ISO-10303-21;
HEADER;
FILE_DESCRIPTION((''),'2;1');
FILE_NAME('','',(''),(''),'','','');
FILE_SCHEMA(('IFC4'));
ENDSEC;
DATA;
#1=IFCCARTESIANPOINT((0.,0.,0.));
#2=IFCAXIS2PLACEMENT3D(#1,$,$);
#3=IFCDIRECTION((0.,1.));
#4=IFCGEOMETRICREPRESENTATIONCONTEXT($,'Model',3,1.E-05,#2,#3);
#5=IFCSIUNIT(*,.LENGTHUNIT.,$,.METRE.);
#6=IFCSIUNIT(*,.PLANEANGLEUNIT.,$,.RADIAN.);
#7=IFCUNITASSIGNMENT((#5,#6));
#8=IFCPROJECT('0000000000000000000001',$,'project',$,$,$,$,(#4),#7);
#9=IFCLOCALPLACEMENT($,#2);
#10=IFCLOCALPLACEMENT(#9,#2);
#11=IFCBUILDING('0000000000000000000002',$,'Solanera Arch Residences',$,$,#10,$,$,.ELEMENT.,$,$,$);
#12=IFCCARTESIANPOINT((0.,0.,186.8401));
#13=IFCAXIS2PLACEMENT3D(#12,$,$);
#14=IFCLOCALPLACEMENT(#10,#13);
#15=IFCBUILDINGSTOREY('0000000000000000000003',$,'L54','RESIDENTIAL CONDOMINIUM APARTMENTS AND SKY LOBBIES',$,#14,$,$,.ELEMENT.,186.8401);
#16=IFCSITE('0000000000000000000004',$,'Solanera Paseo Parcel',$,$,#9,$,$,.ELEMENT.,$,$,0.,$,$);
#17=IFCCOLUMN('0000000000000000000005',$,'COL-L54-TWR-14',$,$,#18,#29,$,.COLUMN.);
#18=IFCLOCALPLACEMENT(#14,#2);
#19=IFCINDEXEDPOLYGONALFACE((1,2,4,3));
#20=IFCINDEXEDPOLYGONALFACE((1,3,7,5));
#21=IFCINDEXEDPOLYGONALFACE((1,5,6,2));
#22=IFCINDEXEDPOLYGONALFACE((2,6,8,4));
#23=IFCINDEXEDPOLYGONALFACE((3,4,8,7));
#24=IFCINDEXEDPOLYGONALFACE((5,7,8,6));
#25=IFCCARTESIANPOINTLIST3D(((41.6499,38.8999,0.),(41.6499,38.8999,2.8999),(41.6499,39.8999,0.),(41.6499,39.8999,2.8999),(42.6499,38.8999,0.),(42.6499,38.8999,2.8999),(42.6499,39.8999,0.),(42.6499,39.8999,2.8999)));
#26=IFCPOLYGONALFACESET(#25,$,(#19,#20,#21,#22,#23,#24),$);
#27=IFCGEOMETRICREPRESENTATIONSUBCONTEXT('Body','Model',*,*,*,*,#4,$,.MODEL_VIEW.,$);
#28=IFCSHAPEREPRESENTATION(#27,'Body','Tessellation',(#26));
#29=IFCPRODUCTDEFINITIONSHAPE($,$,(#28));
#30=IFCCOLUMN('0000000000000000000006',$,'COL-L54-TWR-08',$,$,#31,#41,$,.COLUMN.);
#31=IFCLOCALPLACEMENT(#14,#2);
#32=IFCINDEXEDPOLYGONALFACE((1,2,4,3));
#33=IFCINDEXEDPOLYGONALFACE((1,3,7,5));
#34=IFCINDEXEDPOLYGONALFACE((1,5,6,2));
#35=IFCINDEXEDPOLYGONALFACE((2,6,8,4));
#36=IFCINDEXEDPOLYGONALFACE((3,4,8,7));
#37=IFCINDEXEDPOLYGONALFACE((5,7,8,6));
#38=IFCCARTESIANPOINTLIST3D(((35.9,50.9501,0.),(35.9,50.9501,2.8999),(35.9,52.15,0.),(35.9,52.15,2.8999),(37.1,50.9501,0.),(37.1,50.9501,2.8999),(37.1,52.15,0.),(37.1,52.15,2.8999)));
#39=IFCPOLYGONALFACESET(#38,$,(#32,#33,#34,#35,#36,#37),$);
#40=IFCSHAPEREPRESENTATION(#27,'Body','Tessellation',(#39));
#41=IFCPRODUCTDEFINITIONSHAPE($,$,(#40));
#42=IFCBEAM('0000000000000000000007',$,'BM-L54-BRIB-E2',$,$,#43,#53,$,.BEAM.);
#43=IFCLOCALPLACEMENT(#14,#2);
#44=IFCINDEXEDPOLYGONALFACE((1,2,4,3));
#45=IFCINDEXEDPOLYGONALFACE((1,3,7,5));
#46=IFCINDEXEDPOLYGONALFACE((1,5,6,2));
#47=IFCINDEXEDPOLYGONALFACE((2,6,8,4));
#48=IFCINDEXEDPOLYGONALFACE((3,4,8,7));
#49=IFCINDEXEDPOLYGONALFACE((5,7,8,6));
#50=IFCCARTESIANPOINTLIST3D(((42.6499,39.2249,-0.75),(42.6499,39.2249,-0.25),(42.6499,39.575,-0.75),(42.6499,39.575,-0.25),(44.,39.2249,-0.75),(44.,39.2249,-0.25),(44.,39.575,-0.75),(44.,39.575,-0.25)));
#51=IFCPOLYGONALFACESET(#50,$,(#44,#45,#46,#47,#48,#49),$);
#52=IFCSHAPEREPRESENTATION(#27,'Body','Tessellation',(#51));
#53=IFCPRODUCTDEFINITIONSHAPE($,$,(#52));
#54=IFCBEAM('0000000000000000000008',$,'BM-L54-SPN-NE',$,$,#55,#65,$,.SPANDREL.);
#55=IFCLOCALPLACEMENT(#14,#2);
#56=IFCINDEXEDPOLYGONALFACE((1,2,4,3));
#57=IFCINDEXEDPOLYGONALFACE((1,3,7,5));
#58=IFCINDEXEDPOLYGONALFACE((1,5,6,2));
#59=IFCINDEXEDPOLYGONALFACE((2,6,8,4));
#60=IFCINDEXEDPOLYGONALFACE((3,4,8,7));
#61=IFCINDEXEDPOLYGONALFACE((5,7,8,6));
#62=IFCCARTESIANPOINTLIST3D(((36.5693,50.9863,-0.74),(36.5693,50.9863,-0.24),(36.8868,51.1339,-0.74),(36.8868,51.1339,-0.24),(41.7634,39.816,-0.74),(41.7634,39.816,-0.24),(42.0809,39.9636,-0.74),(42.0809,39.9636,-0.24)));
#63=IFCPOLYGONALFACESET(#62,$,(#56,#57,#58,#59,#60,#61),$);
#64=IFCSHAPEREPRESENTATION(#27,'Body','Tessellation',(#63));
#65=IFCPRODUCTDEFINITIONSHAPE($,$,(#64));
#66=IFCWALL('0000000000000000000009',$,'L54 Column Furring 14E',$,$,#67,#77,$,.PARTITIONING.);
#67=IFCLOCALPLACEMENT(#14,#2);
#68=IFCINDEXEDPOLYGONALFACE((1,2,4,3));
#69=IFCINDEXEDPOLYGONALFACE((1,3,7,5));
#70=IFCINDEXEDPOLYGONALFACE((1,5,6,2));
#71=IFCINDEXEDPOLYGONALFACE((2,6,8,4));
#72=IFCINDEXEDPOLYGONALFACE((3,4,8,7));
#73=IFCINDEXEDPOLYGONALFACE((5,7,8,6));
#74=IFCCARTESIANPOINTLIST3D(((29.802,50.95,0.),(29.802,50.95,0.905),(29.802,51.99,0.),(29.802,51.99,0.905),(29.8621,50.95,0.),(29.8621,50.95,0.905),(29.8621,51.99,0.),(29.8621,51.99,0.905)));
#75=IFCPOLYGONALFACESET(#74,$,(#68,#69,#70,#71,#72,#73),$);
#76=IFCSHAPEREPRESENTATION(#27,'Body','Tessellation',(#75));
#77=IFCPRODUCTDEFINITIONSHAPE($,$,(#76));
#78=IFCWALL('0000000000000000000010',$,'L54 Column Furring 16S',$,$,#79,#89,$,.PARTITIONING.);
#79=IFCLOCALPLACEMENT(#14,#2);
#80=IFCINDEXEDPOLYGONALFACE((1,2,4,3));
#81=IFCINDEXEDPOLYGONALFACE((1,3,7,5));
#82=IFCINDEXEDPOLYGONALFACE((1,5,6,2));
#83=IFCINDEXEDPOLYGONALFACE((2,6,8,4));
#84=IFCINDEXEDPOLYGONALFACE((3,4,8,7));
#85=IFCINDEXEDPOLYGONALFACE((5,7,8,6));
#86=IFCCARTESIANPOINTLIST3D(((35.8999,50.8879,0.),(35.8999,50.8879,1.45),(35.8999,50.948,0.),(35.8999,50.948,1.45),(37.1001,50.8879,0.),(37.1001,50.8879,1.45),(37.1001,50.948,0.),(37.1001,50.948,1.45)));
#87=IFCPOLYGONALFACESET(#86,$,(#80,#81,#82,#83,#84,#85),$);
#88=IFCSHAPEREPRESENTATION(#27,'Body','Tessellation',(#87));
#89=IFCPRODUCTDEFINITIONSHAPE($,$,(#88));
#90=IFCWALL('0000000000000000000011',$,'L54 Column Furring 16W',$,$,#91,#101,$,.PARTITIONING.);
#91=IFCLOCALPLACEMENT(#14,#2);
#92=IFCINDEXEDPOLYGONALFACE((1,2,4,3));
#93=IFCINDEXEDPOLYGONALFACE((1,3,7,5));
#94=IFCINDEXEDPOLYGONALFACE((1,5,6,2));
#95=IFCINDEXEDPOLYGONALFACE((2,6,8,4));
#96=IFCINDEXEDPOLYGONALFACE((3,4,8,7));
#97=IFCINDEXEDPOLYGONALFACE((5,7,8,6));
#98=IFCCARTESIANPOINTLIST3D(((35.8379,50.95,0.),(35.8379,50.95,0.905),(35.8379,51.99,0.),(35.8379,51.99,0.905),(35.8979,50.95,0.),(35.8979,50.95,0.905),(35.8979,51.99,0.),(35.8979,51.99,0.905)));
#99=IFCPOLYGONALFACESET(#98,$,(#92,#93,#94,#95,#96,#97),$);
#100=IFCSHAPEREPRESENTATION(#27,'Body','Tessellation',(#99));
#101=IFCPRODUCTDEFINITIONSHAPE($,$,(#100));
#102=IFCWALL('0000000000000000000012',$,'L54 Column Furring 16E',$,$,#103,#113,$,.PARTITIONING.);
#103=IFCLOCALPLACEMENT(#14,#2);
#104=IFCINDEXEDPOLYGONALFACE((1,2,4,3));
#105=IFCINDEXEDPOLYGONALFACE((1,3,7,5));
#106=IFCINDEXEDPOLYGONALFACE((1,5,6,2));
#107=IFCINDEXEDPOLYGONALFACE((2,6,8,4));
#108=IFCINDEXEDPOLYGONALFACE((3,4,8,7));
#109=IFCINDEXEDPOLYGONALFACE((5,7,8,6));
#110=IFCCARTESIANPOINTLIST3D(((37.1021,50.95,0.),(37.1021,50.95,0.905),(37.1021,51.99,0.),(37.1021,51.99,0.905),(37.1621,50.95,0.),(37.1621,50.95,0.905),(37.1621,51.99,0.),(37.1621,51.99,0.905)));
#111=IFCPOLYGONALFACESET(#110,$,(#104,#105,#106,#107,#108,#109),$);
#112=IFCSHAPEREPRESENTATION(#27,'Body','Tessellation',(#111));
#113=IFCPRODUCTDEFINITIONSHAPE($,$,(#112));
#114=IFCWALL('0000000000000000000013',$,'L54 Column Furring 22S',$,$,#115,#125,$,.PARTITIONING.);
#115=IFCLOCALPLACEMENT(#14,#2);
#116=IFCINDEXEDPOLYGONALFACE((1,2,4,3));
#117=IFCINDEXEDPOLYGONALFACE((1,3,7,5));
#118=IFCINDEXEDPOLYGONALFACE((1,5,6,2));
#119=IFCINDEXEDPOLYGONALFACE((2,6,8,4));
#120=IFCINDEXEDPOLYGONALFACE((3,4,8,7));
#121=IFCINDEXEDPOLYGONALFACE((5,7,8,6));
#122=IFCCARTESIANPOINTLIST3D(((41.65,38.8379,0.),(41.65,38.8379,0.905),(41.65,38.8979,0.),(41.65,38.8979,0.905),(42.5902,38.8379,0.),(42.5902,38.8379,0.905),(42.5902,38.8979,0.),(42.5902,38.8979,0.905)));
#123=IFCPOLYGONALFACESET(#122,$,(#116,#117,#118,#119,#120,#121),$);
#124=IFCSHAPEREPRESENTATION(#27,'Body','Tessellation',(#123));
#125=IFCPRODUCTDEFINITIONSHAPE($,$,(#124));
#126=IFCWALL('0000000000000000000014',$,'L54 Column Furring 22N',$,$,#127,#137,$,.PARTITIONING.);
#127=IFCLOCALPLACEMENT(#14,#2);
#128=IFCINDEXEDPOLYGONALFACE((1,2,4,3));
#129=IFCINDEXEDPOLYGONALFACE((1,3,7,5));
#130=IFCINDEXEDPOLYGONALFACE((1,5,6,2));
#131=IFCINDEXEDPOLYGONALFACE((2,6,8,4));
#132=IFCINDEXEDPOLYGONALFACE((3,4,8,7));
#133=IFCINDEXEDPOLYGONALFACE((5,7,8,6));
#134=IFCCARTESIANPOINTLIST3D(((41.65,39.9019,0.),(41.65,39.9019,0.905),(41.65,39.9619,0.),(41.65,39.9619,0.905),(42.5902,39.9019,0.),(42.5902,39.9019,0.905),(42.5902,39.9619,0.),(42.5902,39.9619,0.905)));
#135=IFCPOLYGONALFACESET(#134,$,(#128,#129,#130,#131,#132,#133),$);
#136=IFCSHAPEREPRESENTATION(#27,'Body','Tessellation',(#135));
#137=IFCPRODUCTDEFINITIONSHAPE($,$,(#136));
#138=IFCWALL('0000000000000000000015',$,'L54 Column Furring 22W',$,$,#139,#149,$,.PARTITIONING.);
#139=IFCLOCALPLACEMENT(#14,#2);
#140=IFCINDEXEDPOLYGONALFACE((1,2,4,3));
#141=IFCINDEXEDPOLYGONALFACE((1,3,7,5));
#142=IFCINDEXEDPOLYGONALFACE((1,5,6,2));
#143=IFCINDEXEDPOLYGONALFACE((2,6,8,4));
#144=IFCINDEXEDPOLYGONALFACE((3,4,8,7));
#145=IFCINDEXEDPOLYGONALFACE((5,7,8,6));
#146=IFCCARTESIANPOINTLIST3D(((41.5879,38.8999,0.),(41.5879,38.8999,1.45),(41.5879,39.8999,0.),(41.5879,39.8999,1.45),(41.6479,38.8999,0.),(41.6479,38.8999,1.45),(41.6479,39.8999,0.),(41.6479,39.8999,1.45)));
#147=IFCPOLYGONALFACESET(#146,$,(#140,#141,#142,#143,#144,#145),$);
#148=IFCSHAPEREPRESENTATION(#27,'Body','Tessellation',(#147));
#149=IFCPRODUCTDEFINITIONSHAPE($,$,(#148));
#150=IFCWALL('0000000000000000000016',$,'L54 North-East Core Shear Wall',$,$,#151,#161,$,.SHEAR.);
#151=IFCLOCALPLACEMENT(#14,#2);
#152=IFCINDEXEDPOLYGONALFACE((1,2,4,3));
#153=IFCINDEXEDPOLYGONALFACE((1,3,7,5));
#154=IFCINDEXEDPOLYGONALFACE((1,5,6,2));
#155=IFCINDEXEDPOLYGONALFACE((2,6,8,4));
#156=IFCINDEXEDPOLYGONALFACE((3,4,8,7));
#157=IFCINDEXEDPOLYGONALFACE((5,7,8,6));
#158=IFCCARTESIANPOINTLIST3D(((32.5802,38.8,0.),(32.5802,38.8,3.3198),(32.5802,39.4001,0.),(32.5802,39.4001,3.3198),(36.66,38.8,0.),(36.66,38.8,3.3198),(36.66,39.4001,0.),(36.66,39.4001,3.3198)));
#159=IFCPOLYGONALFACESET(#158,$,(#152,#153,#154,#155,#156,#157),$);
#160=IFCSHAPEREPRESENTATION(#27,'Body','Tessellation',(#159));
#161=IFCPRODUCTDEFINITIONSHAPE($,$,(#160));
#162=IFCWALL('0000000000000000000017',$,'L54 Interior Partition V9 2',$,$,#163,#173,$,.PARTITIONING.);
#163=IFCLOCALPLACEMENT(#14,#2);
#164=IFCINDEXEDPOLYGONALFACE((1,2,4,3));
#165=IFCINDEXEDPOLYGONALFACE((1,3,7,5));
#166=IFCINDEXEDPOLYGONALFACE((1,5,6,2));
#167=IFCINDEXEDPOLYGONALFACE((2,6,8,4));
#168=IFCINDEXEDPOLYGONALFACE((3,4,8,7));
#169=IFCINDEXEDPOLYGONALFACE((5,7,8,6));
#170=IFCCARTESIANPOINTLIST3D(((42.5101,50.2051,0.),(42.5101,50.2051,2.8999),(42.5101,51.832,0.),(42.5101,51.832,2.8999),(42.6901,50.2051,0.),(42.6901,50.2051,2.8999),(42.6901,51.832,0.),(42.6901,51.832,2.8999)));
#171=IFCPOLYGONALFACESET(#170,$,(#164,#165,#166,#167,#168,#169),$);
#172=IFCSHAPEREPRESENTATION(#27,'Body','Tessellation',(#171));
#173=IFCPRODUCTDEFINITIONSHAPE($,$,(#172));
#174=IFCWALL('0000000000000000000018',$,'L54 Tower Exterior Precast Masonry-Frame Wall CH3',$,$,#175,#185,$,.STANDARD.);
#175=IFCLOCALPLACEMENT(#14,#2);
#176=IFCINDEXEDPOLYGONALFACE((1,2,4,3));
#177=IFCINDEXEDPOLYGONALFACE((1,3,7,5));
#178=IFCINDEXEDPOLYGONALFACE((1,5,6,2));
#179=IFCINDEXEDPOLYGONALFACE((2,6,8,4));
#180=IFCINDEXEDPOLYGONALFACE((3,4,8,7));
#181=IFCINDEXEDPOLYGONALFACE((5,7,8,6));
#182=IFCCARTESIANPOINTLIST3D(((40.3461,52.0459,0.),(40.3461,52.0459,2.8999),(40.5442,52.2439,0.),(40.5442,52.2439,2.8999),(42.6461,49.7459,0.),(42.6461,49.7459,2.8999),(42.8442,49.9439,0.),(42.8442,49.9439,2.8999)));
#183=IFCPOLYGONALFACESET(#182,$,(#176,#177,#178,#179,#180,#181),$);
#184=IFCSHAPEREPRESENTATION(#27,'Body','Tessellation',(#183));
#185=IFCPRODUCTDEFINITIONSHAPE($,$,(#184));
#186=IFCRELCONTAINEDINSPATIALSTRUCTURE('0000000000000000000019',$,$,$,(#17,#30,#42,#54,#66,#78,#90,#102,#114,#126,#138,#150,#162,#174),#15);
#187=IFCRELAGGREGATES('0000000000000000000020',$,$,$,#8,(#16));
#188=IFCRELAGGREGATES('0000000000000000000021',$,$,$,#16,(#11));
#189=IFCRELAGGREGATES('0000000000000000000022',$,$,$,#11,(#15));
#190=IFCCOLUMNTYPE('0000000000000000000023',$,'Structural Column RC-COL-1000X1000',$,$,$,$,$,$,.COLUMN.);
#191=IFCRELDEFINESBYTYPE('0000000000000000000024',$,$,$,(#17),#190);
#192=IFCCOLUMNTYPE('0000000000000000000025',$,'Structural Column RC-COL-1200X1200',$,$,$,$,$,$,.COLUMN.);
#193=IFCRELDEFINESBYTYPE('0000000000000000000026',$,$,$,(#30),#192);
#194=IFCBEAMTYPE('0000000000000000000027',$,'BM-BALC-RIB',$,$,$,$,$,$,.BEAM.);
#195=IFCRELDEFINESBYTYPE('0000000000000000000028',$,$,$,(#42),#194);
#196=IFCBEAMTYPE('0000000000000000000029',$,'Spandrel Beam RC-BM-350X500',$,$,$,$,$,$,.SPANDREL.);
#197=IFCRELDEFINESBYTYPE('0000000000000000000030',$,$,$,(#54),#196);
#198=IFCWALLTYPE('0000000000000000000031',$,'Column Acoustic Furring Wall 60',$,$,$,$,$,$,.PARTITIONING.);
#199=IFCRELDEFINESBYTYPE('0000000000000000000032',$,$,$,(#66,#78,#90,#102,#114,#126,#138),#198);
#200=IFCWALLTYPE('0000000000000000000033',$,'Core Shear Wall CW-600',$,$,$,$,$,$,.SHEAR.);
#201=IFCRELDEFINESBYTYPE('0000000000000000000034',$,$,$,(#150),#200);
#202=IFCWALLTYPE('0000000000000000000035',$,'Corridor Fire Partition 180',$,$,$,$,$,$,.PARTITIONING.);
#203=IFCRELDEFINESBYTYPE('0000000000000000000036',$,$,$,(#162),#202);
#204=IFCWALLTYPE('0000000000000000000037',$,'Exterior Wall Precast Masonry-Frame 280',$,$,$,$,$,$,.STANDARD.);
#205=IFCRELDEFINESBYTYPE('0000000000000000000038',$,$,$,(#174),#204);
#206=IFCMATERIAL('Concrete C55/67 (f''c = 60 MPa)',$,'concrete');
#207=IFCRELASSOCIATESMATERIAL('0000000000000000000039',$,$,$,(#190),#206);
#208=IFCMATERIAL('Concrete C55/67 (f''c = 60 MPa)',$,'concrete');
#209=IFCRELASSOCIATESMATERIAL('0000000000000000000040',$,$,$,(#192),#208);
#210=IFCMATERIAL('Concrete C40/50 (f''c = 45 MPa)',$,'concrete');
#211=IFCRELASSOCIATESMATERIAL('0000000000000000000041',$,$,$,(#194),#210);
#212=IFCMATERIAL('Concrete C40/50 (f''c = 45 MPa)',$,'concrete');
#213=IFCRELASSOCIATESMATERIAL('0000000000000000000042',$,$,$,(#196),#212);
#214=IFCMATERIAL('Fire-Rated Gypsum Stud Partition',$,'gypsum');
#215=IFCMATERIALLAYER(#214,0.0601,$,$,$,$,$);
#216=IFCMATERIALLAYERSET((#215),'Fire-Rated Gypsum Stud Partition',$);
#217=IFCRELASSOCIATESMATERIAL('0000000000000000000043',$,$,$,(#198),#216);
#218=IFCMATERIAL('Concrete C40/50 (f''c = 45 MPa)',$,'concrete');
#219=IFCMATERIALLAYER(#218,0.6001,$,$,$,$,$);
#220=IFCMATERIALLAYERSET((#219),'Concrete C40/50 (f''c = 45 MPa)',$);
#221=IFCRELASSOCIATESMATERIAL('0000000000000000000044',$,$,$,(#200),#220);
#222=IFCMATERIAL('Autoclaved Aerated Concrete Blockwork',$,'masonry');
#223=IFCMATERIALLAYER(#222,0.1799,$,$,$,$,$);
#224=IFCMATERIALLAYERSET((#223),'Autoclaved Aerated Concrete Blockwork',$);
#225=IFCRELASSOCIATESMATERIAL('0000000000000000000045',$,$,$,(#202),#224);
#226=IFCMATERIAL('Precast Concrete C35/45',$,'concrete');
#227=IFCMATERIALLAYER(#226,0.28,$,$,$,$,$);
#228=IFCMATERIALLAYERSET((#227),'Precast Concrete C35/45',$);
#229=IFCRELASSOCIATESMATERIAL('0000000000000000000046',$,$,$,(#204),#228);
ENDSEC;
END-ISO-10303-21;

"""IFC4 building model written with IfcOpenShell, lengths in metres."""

from ifc_helpers import new_model, si_unit, direction, frame, frame_2d, origin, origin_2d, place, context, subcontext, project, spatial, rectangle, extrude, material, layer, layer_set, material_profile, profile_set, type_object, element, save


model = new_model("IFC4")

# Units and contexts
model_context = context("Model", 3, precision=1e-05, world=origin(), true_north=direction((0.0, 1.0)))
body_context = subcontext(model_context, "Body", "Model", "MODEL_VIEW")
ifc_project = project(units=[si_unit("LENGTHUNIT", "METRE"), si_unit("PLANEANGLEUNIT", "RADIAN")], contexts=[model_context])

# Site, building, storey
site_placement = place(None, origin())
site = spatial("IfcSite", under=ifc_project, at=site_placement, Name="Solanera Paseo Parcel", CompositionType="ELEMENT", RefElevation=0.0)
building_placement = place(site_placement, origin())
building = spatial("IfcBuilding", under=site, at=building_placement, Name="Solanera Arch Residences", CompositionType="ELEMENT")
storey_placement = place(building_placement, frame((0.0, 0.0, 186.8401)))
storey = spatial("IfcBuildingStorey", under=building, at=storey_placement, Name="L54", Description="RESIDENTIAL CONDOMINIUM APARTMENTS AND SKY LOBBIES", CompositionType="ELEMENT", Elevation=186.8401)

# Columns
ifc_material_1 = material(Name="Concrete C55/67 (f'c = 60 MPa)", Category="concrete")
ifc_material_profile_1 = material_profile(ifc_material_1, rectangle(XDim=1.0, YDim=1.0, at=origin_2d()))
ifc_profile_set_1 = profile_set([ifc_material_profile_1], Name="Concrete C55/67 (f'c = 60 MPa)")
column_type_1 = type_object("IfcColumnType", Name="Structural Column RC-COL-1000X1000", PredefinedType="COLUMN", material=ifc_profile_set_1)
column_1_placement = place(storey_placement, frame((42.1499, 39.3999, 0.0), z_axis=(0.0, 0.0, 1.0), x_axis=(1.0, 0.0, 0.0)))
element("IfcColumn", 1, at=column_1_placement, inside=storey, type_object=column_type_1, Name="COL-L54-TWR-14", PredefinedType="COLUMN", context=body_context, shape_type="SweptSolid", body=[
    extrude(rectangle(XDim=1.0, YDim=1.0, at=origin_2d()), origin(), (0.0, 0.0, 1.0), 2.8999),
])
ifc_material_2 = material(Name="Concrete C55/67 (f'c = 60 MPa)", Category="concrete")
ifc_material_profile_2 = material_profile(ifc_material_2, rectangle(XDim=1.2, YDim=1.2, at=origin_2d()))
ifc_profile_set_2 = profile_set([ifc_material_profile_2], Name="Concrete C55/67 (f'c = 60 MPa)")
column_type_2 = type_object("IfcColumnType", Name="Structural Column RC-COL-1200X1200", PredefinedType="COLUMN", material=ifc_profile_set_2)
column_2_placement = place(storey_placement, frame((36.5, 51.55, 0.0), z_axis=(0.0, 0.0, 1.0), x_axis=(1.0, 0.0, 0.0)))
element("IfcColumn", 2, at=column_2_placement, inside=storey, type_object=column_type_2, Name="COL-L54-TWR-08", PredefinedType="COLUMN", context=body_context, shape_type="SweptSolid", body=[
    extrude(rectangle(XDim=1.2, YDim=1.2, at=origin_2d()), origin(), (0.0, 0.0, 1.0), 2.8999),
])

# Beams
ifc_material_3 = material(Name="Concrete C40/50 (f'c = 45 MPa)", Category="concrete")
ifc_material_profile_3 = material_profile(ifc_material_3, rectangle(XDim=0.3501, YDim=0.5, at=origin_2d()))
ifc_profile_set_3 = profile_set([ifc_material_profile_3], Name="Concrete C40/50 (f'c = 45 MPa)")
beam_type_1 = type_object("IfcBeamType", Name="BM-BALC-RIB", PredefinedType="BEAM", material=ifc_profile_set_3)
beam_1_placement = place(storey_placement, frame((42.6499, 39.3999, -0.5), z_axis=(1.0, 0.0, 0.0), x_axis=(0.0, 1.0, 0.0)))
element("IfcBeam", 3, at=beam_1_placement, inside=storey, type_object=beam_type_1, Name="BM-L54-BRIB-E2", PredefinedType="BEAM", context=body_context, shape_type="SweptSolid", body=[
    extrude(rectangle(XDim=0.3501, YDim=0.5, at=origin_2d()), origin(), (0.0, 0.0, 1.0), 1.3501),
])
ifc_material_4 = material(Name="Concrete C40/50 (f'c = 45 MPa)", Category="concrete")
ifc_material_profile_4 = material_profile(ifc_material_4, rectangle(XDim=0.3501, YDim=0.5, at=origin_2d()))
ifc_profile_set_4 = profile_set([ifc_material_profile_4], Name="Concrete C40/50 (f'c = 45 MPa)")
beam_type_2 = type_object("IfcBeamType", Name="Spandrel Beam RC-BM-350X500", PredefinedType="SPANDREL", material=ifc_profile_set_4)
beam_2_placement = place(storey_placement, frame((36.728, 51.0601, -0.49), z_axis=(0.421642, -0.906763, 0.0), x_axis=(0.906763, 0.421642, 0.0)))
element("IfcBeam", 4, at=beam_2_placement, inside=storey, type_object=beam_type_2, Name="BM-L54-SPN-NE", PredefinedType="SPANDREL", context=body_context, shape_type="SweptSolid", body=[
    extrude(rectangle(XDim=0.3501, YDim=0.5, at=origin_2d()), origin(), (0.0, 0.0, 1.0), 12.3188),
])

# Walls
ifc_material_5 = material(Name="Fire-Rated Gypsum Stud Partition", Category="gypsum")
ifc_layer_1 = layer(ifc_material_5, 0.0601)
ifc_layer_set_1 = layer_set([ifc_layer_1], Name="Fire-Rated Gypsum Stud Partition")
wall_type_1 = type_object("IfcWallType", Name="Column Acoustic Furring Wall 60", PredefinedType="PARTITIONING", material=ifc_layer_set_1)
wall_1_placement = place(storey_placement, frame((29.832, 50.95, 0.0), z_axis=(0.0, 0.0, 1.0), x_axis=(0.0, 1.0, 0.0)))
element("IfcWall", 5, at=wall_1_placement, inside=storey, type_object=wall_type_1, Name="L54 Column Furring 14E", PredefinedType="PARTITIONING", context=body_context, shape_type="SweptSolid", body=[
    extrude(rectangle(XDim=1.04, YDim=0.0601, at=frame_2d((0.52, 0.0))), origin(), (0.0, 0.0, 1.0), 0.905),
])
wall_2_placement = place(storey_placement, frame((35.8999, 50.918, 0.0), z_axis=(0.0, 0.0, 1.0), x_axis=(1.0, 0.0, 0.0)))
element("IfcWall", 6, at=wall_2_placement, inside=storey, type_object=wall_type_1, Name="L54 Column Furring 16S", PredefinedType="PARTITIONING", context=body_context, shape_type="SweptSolid", body=[
    extrude(rectangle(XDim=1.2002, YDim=0.0601, at=frame_2d((0.6001, 0.0))), origin(), (0.0, 0.0, 1.0), 1.45),
])
for number, where, z_axis, x_axis, name in (
    (7, (35.8679, 50.95, 0.0), (0.0, 0.0, 1.0), (0.0, 1.0, 0.0), "L54 Column Furring 16W"),
    (8, (37.1321, 50.95, 0.0), (0.0, 0.0, 1.0), (0.0, 1.0, 0.0), "L54 Column Furring 16E"),
):
    element("IfcWall", number, at=place(storey_placement, frame(where, z_axis=z_axis, x_axis=x_axis)), inside=storey, type_object=wall_type_1, Name=name, PredefinedType="PARTITIONING", context=body_context, shape_type="SweptSolid", body=[
        extrude(rectangle(XDim=1.04, YDim=0.0601, at=frame_2d((0.52, 0.0))), origin(), (0.0, 0.0, 1.0), 0.905),
    ])
for number, where, z_axis, x_axis, name in (
    (9, (41.6499, 38.8679, 0.0), (0.0, 0.0, 1.0), (1.0, 0.0, 0.0), "L54 Column Furring 22S"),
    (10, (41.6499, 39.9319, 0.0), (0.0, 0.0, 1.0), (1.0, 0.0, 0.0), "L54 Column Furring 22N"),
):
    element("IfcWall", number, at=place(storey_placement, frame(where, z_axis=z_axis, x_axis=x_axis)), inside=storey, type_object=wall_type_1, Name=name, PredefinedType="PARTITIONING", context=body_context, shape_type="SweptSolid", body=[
        extrude(rectangle(XDim=0.9402, YDim=0.0601, at=frame_2d((0.4702, 0.0))), origin(), (0.0, 0.0, 1.0), 0.905),
    ])
wall_3_placement = place(storey_placement, frame((41.6179, 38.8999, 0.0), z_axis=(0.0, 0.0, 1.0), x_axis=(0.0, 1.0, 0.0)))
element("IfcWall", 11, at=wall_3_placement, inside=storey, type_object=wall_type_1, Name="L54 Column Furring 22W", PredefinedType="PARTITIONING", context=body_context, shape_type="SweptSolid", body=[
    extrude(rectangle(XDim=1.0, YDim=0.0601, at=frame_2d((0.5, 0.0))), origin(), (0.0, 0.0, 1.0), 1.45),
])
ifc_material_6 = material(Name="Concrete C40/50 (f'c = 45 MPa)", Category="concrete")
ifc_layer_2 = layer(ifc_material_6, 0.6001)
ifc_layer_set_2 = layer_set([ifc_layer_2], Name="Concrete C40/50 (f'c = 45 MPa)")
wall_type_2 = type_object("IfcWallType", Name="Core Shear Wall CW-600", PredefinedType="SHEAR", material=ifc_layer_set_2)
wall_4_placement = place(storey_placement, frame((32.5801, 39.1001, 0.0), z_axis=(0.0, 0.0, 1.0), x_axis=(1.0, 0.0, 0.0)))
element("IfcWall", 12, at=wall_4_placement, inside=storey, type_object=wall_type_2, Name="L54 North-East Core Shear Wall", PredefinedType="SHEAR", context=body_context, shape_type="SweptSolid", body=[
    extrude(rectangle(XDim=4.0798, YDim=0.6001, at=frame_2d((2.04, 0.0))), origin(), (0.0, 0.0, 1.0), 3.3198),
])
ifc_material_7 = material(Name="Autoclaved Aerated Concrete Blockwork", Category="masonry")
ifc_layer_3 = layer(ifc_material_7, 0.1799)
ifc_layer_set_3 = layer_set([ifc_layer_3], Name="Autoclaved Aerated Concrete Blockwork")
wall_type_3 = type_object("IfcWallType", Name="Corridor Fire Partition 180", PredefinedType="PARTITIONING", material=ifc_layer_set_3)
wall_5_placement = place(storey_placement, frame((42.6001, 50.2051, 0.0), z_axis=(0.0, 0.0, 1.0), x_axis=(0.0, 1.0, 0.0)))
element("IfcWall", 13, at=wall_5_placement, inside=storey, type_object=wall_type_3, Name="L54 Interior Partition V9 2", PredefinedType="PARTITIONING", context=body_context, shape_type="SweptSolid", body=[
    extrude(rectangle(XDim=1.627, YDim=0.1799, at=frame_2d((0.8135, 0.0))), origin(), (0.0, 0.0, 1.0), 2.8999),
])
ifc_material_8 = material(Name="Precast Concrete C35/45", Category="concrete")
ifc_layer_4 = layer(ifc_material_8, 0.28)
ifc_layer_set_4 = layer_set([ifc_layer_4], Name="Precast Concrete C35/45")
wall_type_4 = type_object("IfcWallType", Name="Exterior Wall Precast Masonry-Frame 280", PredefinedType="STANDARD", material=ifc_layer_set_4)
wall_6_placement = place(storey_placement, frame((40.4451, 52.145, 0.0), z_axis=(0.0, 0.0, 1.0), x_axis=(0.707107, -0.707107, 0.0)))
element("IfcWall", 14, at=wall_6_placement, inside=storey, type_object=wall_type_4, Name="L54 Tower Exterior Precast Masonry-Frame Wall CH3", PredefinedType="STANDARD", context=body_context, shape_type="SweptSolid", body=[
    extrude(rectangle(XDim=3.2527, YDim=0.28, at=frame_2d((1.6265, 0.0))), origin(), (0.0, 0.0, 1.0), 2.8999),
])

save(model, "model.ifc")
